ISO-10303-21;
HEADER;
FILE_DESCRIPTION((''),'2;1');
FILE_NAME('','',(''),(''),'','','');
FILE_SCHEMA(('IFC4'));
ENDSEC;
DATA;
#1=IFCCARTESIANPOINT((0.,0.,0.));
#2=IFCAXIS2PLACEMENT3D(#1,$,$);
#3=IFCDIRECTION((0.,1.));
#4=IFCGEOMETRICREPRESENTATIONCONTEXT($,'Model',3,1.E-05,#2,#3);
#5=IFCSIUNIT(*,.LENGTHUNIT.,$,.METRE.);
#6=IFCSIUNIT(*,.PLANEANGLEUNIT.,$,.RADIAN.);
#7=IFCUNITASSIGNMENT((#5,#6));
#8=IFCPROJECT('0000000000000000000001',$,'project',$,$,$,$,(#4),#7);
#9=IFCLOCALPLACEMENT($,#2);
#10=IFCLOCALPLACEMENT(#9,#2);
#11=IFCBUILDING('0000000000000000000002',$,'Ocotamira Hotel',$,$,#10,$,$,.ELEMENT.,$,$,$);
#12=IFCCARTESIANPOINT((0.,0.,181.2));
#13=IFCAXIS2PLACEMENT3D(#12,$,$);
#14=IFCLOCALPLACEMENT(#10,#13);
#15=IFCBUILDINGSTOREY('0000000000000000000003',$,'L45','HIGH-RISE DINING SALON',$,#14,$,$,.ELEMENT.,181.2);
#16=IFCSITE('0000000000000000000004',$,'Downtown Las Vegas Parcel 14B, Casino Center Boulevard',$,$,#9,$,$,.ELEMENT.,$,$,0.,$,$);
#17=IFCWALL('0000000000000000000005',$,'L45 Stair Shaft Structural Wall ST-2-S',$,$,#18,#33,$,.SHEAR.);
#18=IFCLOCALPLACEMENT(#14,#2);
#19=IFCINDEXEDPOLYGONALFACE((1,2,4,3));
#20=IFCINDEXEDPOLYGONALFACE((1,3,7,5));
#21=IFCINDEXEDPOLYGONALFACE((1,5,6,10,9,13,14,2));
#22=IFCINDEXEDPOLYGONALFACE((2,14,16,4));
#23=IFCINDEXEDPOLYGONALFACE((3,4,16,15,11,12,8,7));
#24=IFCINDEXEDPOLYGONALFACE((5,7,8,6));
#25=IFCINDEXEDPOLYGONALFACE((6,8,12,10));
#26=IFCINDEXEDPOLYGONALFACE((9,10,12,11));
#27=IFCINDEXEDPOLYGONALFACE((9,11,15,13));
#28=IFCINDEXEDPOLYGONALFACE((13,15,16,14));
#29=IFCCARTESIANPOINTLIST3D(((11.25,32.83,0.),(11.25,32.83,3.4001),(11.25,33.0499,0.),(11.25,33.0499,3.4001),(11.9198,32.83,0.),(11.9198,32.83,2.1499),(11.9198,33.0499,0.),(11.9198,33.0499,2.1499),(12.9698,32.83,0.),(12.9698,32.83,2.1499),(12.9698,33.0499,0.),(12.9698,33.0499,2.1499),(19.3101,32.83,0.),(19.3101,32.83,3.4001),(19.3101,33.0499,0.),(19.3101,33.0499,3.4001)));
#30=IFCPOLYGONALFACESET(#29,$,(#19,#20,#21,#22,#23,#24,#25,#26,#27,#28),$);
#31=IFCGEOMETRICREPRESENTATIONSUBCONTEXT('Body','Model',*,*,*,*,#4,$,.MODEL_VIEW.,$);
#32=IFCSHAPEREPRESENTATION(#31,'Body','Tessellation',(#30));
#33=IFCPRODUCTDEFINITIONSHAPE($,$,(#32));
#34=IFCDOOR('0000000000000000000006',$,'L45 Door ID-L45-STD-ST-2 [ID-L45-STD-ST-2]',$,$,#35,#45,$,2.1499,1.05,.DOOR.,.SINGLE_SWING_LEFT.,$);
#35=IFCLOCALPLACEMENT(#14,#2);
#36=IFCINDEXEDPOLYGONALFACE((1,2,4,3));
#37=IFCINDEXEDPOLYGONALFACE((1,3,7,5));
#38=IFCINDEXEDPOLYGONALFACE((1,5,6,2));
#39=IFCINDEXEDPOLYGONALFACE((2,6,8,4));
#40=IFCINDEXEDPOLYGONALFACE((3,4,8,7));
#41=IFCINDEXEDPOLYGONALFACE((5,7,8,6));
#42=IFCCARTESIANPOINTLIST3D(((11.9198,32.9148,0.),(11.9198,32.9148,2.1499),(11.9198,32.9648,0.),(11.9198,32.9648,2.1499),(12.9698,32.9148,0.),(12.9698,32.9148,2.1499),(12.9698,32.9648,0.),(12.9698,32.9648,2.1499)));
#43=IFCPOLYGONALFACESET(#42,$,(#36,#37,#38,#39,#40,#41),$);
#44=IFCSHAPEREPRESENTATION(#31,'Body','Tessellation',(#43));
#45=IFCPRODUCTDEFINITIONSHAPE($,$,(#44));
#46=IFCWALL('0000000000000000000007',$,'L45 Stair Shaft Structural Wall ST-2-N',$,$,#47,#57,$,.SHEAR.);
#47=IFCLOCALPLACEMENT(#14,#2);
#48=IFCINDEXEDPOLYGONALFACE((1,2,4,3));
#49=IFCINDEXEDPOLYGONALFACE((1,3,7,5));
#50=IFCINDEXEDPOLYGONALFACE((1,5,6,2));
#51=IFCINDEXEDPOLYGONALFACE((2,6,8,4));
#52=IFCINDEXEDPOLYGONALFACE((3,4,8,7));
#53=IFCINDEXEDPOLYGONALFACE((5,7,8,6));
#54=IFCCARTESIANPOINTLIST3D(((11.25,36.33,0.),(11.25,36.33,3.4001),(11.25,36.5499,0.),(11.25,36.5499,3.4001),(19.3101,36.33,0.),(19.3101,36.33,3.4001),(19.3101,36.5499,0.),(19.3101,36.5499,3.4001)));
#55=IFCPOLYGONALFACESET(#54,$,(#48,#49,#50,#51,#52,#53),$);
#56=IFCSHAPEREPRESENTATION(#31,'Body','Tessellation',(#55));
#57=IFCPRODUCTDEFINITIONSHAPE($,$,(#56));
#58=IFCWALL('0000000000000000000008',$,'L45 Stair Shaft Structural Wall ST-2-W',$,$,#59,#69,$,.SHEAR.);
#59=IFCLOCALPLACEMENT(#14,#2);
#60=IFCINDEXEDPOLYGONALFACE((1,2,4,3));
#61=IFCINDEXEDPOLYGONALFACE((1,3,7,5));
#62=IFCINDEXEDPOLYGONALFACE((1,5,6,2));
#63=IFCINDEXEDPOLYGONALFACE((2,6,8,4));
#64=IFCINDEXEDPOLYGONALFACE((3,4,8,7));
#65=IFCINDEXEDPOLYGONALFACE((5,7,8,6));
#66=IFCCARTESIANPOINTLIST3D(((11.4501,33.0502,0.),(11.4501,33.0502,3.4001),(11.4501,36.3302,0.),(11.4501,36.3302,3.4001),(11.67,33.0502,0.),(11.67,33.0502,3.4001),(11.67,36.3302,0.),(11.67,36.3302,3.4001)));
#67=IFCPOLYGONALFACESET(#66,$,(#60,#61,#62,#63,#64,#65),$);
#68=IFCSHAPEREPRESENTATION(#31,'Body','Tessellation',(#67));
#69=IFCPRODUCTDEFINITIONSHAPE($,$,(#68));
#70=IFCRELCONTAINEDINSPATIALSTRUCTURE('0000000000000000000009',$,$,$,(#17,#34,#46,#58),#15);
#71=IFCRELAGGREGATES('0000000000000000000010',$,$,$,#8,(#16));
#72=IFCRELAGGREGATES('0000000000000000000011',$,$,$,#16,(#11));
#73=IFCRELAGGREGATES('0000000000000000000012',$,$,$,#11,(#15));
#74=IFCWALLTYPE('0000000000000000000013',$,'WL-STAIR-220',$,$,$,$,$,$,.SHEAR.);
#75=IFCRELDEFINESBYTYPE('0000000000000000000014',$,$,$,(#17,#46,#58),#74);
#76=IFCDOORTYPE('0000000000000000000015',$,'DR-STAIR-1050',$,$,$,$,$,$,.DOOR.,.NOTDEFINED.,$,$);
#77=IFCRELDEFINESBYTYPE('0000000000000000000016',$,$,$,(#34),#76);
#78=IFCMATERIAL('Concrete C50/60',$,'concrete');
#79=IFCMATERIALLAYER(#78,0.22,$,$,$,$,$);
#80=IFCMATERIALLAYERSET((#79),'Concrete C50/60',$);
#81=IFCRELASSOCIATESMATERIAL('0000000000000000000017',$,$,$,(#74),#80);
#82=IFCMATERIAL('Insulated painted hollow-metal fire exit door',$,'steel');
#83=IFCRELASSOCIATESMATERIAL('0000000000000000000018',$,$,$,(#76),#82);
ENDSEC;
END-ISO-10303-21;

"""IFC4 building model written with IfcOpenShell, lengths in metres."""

from ifc_helpers import new_model, si_unit, direction, frame, frame_2d, origin, place, context, subcontext, project, spatial, rectangle, extrude, source, transform, mapped, material, layer, layer_set, type_object, element, fill, save


model = new_model("IFC4")

# Units and contexts
model_context = context("Model", 3, precision=1e-05, world=origin(), true_north=direction((0.0, 1.0)))
body_context = subcontext(model_context, "Body", "Model", "MODEL_VIEW")
ifc_project = project(units=[si_unit("LENGTHUNIT", "METRE"), si_unit("PLANEANGLEUNIT", "RADIAN")], contexts=[model_context])

# Site, building, storey
site_placement = place(None, origin())
site = spatial("IfcSite", under=ifc_project, at=site_placement, Name="Downtown Las Vegas Parcel 14B, Casino Center Boulevard", CompositionType="ELEMENT", RefElevation=0.0)
building_placement = place(site_placement, origin())
building = spatial("IfcBuilding", under=site, at=building_placement, Name="Ocotamira Hotel", CompositionType="ELEMENT")
storey_placement = place(building_placement, frame((0.0, 0.0, 181.2)))
storey = spatial("IfcBuildingStorey", under=building, at=storey_placement, Name="L45", Description="HIGH-RISE DINING SALON", CompositionType="ELEMENT", Elevation=181.2)

# Wall, opening, door
ifc_material_1 = material(Name="Concrete C50/60", Category="concrete")
ifc_layer_1 = layer(ifc_material_1, 0.22)
ifc_layer_set_1 = layer_set([ifc_layer_1], Name="Concrete C50/60")
wall_type_1 = type_object("IfcWallType", Name="WL-STAIR-220", PredefinedType="SHEAR", material=ifc_layer_set_1)
wall_1_placement = place(storey_placement, frame((11.25, 32.9399, 0.0), z_axis=(0.0, 0.0, 1.0), x_axis=(1.0, 0.0, 0.0)))
wall_1 = element("IfcWall", 1, at=wall_1_placement, inside=storey, type_object=wall_type_1, Name="L45 Stair Shaft Structural Wall ST-2-S", PredefinedType="SHEAR", context=body_context, shape_type="SweptSolid", body=[
    extrude(rectangle(XDim=8.0601, YDim=0.22, at=frame_2d((4.03, 0.0))), origin(), (0.0, 0.0, 1.0), 3.4001),
])
opening_placement = place(wall_1_placement, frame((0.6699, 0.0, 0.0)))
opening = element("IfcOpeningElement", 2, at=opening_placement, cuts=wall_1, PredefinedType="OPENING", context=body_context, shape_type="SweptSolid", body=[
    extrude(rectangle(XDim=1.05, YDim=2.1499, at=frame_2d((0.5249, 1.075))), frame((0.0, 0.1201, 0.0), z_axis=(0.0, -1.0, 0.0), x_axis=(1.0, 0.0, 0.0)), (0.0, 0.0, 1.0), 0.24),
])
ifc_material_2 = material(Name="Insulated painted hollow-metal fire exit door", Category="steel")
door_type = type_object("IfcDoorType", Name="DR-STAIR-1050", OperationType="NOTDEFINED", PredefinedType="DOOR", material=ifc_material_2)
shared_shape_1 = source(origin(), body_context, "Body", "SweptSolid", [
    extrude(rectangle(XDim=1.05, YDim=2.1499, at=frame_2d((0.5249, 1.075))), frame((0.0, 0.0249, 0.0), z_axis=(0.0, -1.0, 0.0), x_axis=(1.0, 0.0, 0.0)), (0.0, 0.0, 1.0), 0.05),
])
door_placement = place(opening_placement, origin())
door = element("IfcDoor", 3, at=door_placement, inside=storey, type_object=door_type, Name="L45 Door ID-L45-STD-ST-2 [ID-L45-STD-ST-2]", OperationType="SINGLE_SWING_LEFT", OverallHeight=2.1499, OverallWidth=1.05, PredefinedType="DOOR", context=body_context, shape_type="MappedRepresentation", body=[
    mapped(shared_shape_1, transform((0.0, 0.0, 0.0), scale=1.0)),
])
fill(opening, door)

# Walls
wall_2_placement = place(storey_placement, frame((11.25, 36.4399, 0.0), z_axis=(0.0, 0.0, 1.0), x_axis=(1.0, 0.0, 0.0)))
element("IfcWall", 4, at=wall_2_placement, inside=storey, type_object=wall_type_1, Name="L45 Stair Shaft Structural Wall ST-2-N", PredefinedType="SHEAR", context=body_context, shape_type="SweptSolid", body=[
    extrude(rectangle(XDim=8.0601, YDim=0.22, at=frame_2d((4.03, 0.0))), origin(), (0.0, 0.0, 1.0), 3.4001),
])
wall_3_placement = place(storey_placement, frame((11.5601, 33.05, 0.0), z_axis=(0.0, 0.0, 1.0), x_axis=(0.0, 1.0, 0.0)))
element("IfcWall", 5, at=wall_3_placement, inside=storey, type_object=wall_type_1, Name="L45 Stair Shaft Structural Wall ST-2-W", PredefinedType="SHEAR", context=body_context, shape_type="SweptSolid", body=[
    extrude(rectangle(XDim=3.28, YDim=0.22, at=frame_2d((1.6401, 0.0))), origin(), (0.0, 0.0, 1.0), 3.4001),
])

save(model, "model.ifc")
